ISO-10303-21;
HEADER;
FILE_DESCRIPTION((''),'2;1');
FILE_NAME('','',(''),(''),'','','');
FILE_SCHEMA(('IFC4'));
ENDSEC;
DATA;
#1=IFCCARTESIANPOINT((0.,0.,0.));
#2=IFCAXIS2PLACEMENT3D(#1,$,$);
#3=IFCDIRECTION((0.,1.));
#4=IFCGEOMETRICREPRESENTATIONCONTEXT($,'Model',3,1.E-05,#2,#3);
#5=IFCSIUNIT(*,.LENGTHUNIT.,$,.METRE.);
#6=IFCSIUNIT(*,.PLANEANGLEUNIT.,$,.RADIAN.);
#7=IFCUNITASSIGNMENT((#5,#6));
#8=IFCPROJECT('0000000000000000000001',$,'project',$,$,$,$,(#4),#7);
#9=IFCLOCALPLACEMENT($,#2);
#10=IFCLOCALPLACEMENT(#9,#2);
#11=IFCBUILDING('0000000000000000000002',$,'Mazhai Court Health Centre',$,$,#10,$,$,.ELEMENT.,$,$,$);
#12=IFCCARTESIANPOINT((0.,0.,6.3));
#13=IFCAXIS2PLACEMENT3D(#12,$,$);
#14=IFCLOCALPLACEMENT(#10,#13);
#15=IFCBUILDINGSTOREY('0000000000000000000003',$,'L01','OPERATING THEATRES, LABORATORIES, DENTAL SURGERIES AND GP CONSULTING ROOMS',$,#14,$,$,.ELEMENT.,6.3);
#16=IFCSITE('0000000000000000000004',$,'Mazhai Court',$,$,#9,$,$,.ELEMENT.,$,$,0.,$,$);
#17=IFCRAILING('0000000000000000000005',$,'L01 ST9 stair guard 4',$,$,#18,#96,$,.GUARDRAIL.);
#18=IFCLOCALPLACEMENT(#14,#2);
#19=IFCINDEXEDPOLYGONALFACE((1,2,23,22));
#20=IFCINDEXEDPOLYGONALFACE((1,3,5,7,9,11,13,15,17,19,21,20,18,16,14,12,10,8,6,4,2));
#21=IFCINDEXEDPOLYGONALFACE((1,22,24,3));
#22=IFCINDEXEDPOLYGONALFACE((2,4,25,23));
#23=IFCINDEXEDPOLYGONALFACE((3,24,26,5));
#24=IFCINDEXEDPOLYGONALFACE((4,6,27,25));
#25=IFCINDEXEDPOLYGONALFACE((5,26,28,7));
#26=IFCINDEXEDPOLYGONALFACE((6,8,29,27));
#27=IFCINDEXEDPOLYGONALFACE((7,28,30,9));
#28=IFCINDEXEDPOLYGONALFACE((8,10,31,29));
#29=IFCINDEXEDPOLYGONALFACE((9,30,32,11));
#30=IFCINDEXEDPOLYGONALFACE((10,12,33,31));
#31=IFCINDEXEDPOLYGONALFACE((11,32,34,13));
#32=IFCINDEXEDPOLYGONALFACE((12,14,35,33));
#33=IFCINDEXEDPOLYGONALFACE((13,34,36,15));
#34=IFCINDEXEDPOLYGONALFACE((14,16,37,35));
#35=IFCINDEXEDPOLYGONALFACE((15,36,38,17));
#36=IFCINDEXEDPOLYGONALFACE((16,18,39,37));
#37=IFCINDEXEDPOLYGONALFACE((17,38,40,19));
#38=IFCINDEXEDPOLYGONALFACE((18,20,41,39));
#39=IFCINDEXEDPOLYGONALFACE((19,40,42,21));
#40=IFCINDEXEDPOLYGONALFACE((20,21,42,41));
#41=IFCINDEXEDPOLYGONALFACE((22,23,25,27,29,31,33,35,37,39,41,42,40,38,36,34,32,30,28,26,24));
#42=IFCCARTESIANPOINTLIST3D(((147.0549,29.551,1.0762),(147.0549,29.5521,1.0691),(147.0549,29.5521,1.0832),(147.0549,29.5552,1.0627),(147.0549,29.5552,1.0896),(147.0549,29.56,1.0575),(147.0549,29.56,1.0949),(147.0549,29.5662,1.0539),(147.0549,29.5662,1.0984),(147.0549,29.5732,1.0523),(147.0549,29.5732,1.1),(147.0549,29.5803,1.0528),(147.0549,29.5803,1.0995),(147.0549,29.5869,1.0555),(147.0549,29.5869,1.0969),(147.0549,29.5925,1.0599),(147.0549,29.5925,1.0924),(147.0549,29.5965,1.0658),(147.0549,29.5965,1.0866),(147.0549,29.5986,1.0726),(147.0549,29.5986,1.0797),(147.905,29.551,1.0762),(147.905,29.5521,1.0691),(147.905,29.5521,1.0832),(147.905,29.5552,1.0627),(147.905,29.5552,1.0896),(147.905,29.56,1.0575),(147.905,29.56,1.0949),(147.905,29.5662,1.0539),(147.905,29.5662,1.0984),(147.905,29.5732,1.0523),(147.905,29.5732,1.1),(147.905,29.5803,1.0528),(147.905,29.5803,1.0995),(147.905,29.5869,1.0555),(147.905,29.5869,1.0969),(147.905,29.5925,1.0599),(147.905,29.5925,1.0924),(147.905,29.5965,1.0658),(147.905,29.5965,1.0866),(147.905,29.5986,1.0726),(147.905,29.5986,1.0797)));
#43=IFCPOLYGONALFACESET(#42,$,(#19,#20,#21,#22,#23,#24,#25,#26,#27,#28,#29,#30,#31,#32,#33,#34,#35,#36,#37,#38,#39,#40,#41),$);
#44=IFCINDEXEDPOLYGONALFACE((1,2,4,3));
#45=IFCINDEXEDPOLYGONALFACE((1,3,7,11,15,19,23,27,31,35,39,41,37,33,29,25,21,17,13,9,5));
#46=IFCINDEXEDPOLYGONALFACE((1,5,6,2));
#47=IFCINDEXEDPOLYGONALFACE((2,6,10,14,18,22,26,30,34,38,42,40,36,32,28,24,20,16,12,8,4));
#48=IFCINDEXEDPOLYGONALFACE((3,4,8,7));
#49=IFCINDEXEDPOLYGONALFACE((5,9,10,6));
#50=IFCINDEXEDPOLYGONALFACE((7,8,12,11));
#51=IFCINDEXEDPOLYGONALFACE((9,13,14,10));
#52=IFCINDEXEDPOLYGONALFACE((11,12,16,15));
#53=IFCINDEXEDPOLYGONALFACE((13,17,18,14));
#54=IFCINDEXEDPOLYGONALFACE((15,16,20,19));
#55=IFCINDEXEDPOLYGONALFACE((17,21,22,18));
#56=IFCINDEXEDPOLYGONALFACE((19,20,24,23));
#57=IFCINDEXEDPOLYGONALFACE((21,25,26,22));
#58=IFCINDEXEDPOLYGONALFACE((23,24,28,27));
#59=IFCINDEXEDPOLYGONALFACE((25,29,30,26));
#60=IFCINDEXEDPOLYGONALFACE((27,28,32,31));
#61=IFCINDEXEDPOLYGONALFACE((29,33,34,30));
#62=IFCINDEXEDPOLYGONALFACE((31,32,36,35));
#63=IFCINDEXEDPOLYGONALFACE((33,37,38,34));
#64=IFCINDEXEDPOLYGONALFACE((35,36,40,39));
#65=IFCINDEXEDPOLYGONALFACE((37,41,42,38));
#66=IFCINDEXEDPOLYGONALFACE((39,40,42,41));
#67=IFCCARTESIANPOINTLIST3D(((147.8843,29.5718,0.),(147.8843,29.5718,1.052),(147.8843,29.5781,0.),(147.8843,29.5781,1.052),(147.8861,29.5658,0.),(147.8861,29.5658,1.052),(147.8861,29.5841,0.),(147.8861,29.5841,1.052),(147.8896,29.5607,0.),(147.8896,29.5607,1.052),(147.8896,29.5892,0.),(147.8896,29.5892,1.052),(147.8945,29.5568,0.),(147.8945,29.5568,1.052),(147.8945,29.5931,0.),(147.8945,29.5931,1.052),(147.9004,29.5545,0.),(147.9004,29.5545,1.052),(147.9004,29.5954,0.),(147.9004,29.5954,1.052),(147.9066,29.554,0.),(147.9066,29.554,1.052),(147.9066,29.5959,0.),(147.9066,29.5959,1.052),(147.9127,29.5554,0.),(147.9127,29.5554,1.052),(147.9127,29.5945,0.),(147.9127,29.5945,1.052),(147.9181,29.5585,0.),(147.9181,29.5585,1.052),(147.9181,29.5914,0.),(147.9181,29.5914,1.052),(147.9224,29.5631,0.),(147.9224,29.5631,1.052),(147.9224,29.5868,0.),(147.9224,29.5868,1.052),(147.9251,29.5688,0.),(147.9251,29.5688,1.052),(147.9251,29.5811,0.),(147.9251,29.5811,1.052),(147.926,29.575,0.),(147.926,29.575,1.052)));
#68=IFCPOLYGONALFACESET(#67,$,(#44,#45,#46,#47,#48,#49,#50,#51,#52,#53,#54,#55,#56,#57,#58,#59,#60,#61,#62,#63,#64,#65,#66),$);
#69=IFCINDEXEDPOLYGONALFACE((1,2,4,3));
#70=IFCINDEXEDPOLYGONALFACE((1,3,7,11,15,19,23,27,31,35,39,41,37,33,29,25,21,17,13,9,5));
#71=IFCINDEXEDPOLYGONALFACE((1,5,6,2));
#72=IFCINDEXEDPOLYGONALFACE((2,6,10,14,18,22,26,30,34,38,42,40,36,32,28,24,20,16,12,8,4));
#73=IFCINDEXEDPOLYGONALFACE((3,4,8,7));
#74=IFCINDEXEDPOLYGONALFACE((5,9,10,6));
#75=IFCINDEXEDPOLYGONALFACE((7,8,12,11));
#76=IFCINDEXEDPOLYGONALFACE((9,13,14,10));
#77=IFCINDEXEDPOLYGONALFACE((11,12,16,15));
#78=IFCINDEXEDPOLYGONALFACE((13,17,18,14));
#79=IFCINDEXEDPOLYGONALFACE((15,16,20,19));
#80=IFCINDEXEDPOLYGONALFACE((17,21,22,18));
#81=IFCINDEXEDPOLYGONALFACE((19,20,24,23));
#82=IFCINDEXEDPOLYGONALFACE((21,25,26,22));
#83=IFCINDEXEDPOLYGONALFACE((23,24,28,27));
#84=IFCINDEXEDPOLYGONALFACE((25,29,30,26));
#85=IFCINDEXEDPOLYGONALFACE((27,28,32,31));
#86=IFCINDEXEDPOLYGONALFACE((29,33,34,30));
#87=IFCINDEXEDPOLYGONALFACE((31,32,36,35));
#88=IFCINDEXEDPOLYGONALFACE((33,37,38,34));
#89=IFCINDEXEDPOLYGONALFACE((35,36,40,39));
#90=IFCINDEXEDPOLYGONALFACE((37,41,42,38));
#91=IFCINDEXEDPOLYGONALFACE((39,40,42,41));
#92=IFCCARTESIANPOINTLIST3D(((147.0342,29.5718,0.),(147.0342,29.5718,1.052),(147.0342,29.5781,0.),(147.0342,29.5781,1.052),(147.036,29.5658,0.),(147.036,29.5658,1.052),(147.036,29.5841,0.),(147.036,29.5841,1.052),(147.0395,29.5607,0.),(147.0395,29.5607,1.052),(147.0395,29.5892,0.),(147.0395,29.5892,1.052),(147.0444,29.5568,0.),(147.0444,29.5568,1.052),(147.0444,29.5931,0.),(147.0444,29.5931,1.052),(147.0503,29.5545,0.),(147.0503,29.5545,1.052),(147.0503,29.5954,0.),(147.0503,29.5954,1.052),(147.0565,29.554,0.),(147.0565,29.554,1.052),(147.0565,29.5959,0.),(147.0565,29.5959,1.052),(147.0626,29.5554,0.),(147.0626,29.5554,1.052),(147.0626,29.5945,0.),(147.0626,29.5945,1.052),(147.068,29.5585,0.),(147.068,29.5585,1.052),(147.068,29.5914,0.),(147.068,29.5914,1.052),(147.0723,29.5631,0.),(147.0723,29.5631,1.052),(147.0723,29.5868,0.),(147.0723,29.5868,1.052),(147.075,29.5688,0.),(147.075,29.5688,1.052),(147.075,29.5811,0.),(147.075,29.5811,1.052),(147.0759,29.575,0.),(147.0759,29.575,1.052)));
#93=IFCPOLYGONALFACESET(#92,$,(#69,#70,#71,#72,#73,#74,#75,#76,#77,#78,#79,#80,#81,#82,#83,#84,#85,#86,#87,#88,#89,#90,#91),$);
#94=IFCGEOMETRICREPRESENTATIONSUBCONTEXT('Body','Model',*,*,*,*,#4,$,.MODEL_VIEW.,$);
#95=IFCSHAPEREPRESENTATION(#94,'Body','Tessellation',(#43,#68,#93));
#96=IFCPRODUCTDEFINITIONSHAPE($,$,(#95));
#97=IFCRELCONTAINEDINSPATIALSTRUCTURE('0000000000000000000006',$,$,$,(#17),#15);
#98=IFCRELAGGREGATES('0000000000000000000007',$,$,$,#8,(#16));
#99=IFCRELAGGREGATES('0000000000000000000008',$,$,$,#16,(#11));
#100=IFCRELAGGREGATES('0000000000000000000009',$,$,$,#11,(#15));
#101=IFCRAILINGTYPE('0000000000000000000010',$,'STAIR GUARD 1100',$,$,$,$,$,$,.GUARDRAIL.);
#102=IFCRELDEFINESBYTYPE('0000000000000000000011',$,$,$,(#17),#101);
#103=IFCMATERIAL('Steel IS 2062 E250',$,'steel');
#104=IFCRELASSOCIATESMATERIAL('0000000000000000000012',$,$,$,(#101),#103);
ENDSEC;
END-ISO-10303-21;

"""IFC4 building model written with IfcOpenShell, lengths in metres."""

from ifc_helpers import new_model, si_unit, direction, frame, origin, origin_2d, place, context, subcontext, project, spatial, circle, extrude, material, type_object, element, save


model = new_model("IFC4")

# Units and contexts
model_context = context("Model", 3, precision=1e-05, world=origin(), true_north=direction((0.0, 1.0)))
body_context = subcontext(model_context, "Body", "Model", "MODEL_VIEW")
ifc_project = project(units=[si_unit("LENGTHUNIT", "METRE"), si_unit("PLANEANGLEUNIT", "RADIAN")], contexts=[model_context])

# Site, building, storey
site_placement = place(None, origin())
site = spatial("IfcSite", under=ifc_project, at=site_placement, Name="Mazhai Court", CompositionType="ELEMENT", RefElevation=0.0)
building_placement = place(site_placement, origin())
building = spatial("IfcBuilding", under=site, at=building_placement, Name="Mazhai Court Health Centre", CompositionType="ELEMENT")
storey_placement = place(building_placement, frame((0.0, 0.0, 6.3)))
storey = spatial("IfcBuildingStorey", under=building, at=storey_placement, Name="L01", Description="OPERATING THEATRES, LABORATORIES, DENTAL SURGERIES AND GP CONSULTING ROOMS", CompositionType="ELEMENT", Elevation=6.3)

# Railing
ifc_material_1 = material(Name="Steel IS 2062 E250", Category="steel")
railing_type_1 = type_object("IfcRailingType", Name="STAIR GUARD 1100", PredefinedType="GUARDRAIL", material=ifc_material_1)
railing_1_placement = place(storey_placement, frame((147.905, 29.575, 0.0)))
element("IfcRailing", 1, at=railing_1_placement, inside=storey, type_object=railing_type_1, Name="L01 ST9 stair guard 4", PredefinedType="GUARDRAIL", context=body_context, shape_type="SweptSolid", body=[
    extrude(circle(Radius=0.0239, at=origin_2d()), frame((0.0, 0.0, 1.0762), z_axis=(-1.0, 0.0, 0.0), x_axis=(0.0, -1.0, 0.0)), (0.0, 0.0, 1.0), 0.8501),
    extrude(circle(Radius=0.021, at=origin_2d()), origin(), (0.0, 0.0, 1.0), 1.052),
    extrude(circle(Radius=0.021, at=origin_2d()), frame((-0.8501, 0.0, 0.0)), (0.0, 0.0, 1.0), 1.052),
])

save(model, "model.ifc")
